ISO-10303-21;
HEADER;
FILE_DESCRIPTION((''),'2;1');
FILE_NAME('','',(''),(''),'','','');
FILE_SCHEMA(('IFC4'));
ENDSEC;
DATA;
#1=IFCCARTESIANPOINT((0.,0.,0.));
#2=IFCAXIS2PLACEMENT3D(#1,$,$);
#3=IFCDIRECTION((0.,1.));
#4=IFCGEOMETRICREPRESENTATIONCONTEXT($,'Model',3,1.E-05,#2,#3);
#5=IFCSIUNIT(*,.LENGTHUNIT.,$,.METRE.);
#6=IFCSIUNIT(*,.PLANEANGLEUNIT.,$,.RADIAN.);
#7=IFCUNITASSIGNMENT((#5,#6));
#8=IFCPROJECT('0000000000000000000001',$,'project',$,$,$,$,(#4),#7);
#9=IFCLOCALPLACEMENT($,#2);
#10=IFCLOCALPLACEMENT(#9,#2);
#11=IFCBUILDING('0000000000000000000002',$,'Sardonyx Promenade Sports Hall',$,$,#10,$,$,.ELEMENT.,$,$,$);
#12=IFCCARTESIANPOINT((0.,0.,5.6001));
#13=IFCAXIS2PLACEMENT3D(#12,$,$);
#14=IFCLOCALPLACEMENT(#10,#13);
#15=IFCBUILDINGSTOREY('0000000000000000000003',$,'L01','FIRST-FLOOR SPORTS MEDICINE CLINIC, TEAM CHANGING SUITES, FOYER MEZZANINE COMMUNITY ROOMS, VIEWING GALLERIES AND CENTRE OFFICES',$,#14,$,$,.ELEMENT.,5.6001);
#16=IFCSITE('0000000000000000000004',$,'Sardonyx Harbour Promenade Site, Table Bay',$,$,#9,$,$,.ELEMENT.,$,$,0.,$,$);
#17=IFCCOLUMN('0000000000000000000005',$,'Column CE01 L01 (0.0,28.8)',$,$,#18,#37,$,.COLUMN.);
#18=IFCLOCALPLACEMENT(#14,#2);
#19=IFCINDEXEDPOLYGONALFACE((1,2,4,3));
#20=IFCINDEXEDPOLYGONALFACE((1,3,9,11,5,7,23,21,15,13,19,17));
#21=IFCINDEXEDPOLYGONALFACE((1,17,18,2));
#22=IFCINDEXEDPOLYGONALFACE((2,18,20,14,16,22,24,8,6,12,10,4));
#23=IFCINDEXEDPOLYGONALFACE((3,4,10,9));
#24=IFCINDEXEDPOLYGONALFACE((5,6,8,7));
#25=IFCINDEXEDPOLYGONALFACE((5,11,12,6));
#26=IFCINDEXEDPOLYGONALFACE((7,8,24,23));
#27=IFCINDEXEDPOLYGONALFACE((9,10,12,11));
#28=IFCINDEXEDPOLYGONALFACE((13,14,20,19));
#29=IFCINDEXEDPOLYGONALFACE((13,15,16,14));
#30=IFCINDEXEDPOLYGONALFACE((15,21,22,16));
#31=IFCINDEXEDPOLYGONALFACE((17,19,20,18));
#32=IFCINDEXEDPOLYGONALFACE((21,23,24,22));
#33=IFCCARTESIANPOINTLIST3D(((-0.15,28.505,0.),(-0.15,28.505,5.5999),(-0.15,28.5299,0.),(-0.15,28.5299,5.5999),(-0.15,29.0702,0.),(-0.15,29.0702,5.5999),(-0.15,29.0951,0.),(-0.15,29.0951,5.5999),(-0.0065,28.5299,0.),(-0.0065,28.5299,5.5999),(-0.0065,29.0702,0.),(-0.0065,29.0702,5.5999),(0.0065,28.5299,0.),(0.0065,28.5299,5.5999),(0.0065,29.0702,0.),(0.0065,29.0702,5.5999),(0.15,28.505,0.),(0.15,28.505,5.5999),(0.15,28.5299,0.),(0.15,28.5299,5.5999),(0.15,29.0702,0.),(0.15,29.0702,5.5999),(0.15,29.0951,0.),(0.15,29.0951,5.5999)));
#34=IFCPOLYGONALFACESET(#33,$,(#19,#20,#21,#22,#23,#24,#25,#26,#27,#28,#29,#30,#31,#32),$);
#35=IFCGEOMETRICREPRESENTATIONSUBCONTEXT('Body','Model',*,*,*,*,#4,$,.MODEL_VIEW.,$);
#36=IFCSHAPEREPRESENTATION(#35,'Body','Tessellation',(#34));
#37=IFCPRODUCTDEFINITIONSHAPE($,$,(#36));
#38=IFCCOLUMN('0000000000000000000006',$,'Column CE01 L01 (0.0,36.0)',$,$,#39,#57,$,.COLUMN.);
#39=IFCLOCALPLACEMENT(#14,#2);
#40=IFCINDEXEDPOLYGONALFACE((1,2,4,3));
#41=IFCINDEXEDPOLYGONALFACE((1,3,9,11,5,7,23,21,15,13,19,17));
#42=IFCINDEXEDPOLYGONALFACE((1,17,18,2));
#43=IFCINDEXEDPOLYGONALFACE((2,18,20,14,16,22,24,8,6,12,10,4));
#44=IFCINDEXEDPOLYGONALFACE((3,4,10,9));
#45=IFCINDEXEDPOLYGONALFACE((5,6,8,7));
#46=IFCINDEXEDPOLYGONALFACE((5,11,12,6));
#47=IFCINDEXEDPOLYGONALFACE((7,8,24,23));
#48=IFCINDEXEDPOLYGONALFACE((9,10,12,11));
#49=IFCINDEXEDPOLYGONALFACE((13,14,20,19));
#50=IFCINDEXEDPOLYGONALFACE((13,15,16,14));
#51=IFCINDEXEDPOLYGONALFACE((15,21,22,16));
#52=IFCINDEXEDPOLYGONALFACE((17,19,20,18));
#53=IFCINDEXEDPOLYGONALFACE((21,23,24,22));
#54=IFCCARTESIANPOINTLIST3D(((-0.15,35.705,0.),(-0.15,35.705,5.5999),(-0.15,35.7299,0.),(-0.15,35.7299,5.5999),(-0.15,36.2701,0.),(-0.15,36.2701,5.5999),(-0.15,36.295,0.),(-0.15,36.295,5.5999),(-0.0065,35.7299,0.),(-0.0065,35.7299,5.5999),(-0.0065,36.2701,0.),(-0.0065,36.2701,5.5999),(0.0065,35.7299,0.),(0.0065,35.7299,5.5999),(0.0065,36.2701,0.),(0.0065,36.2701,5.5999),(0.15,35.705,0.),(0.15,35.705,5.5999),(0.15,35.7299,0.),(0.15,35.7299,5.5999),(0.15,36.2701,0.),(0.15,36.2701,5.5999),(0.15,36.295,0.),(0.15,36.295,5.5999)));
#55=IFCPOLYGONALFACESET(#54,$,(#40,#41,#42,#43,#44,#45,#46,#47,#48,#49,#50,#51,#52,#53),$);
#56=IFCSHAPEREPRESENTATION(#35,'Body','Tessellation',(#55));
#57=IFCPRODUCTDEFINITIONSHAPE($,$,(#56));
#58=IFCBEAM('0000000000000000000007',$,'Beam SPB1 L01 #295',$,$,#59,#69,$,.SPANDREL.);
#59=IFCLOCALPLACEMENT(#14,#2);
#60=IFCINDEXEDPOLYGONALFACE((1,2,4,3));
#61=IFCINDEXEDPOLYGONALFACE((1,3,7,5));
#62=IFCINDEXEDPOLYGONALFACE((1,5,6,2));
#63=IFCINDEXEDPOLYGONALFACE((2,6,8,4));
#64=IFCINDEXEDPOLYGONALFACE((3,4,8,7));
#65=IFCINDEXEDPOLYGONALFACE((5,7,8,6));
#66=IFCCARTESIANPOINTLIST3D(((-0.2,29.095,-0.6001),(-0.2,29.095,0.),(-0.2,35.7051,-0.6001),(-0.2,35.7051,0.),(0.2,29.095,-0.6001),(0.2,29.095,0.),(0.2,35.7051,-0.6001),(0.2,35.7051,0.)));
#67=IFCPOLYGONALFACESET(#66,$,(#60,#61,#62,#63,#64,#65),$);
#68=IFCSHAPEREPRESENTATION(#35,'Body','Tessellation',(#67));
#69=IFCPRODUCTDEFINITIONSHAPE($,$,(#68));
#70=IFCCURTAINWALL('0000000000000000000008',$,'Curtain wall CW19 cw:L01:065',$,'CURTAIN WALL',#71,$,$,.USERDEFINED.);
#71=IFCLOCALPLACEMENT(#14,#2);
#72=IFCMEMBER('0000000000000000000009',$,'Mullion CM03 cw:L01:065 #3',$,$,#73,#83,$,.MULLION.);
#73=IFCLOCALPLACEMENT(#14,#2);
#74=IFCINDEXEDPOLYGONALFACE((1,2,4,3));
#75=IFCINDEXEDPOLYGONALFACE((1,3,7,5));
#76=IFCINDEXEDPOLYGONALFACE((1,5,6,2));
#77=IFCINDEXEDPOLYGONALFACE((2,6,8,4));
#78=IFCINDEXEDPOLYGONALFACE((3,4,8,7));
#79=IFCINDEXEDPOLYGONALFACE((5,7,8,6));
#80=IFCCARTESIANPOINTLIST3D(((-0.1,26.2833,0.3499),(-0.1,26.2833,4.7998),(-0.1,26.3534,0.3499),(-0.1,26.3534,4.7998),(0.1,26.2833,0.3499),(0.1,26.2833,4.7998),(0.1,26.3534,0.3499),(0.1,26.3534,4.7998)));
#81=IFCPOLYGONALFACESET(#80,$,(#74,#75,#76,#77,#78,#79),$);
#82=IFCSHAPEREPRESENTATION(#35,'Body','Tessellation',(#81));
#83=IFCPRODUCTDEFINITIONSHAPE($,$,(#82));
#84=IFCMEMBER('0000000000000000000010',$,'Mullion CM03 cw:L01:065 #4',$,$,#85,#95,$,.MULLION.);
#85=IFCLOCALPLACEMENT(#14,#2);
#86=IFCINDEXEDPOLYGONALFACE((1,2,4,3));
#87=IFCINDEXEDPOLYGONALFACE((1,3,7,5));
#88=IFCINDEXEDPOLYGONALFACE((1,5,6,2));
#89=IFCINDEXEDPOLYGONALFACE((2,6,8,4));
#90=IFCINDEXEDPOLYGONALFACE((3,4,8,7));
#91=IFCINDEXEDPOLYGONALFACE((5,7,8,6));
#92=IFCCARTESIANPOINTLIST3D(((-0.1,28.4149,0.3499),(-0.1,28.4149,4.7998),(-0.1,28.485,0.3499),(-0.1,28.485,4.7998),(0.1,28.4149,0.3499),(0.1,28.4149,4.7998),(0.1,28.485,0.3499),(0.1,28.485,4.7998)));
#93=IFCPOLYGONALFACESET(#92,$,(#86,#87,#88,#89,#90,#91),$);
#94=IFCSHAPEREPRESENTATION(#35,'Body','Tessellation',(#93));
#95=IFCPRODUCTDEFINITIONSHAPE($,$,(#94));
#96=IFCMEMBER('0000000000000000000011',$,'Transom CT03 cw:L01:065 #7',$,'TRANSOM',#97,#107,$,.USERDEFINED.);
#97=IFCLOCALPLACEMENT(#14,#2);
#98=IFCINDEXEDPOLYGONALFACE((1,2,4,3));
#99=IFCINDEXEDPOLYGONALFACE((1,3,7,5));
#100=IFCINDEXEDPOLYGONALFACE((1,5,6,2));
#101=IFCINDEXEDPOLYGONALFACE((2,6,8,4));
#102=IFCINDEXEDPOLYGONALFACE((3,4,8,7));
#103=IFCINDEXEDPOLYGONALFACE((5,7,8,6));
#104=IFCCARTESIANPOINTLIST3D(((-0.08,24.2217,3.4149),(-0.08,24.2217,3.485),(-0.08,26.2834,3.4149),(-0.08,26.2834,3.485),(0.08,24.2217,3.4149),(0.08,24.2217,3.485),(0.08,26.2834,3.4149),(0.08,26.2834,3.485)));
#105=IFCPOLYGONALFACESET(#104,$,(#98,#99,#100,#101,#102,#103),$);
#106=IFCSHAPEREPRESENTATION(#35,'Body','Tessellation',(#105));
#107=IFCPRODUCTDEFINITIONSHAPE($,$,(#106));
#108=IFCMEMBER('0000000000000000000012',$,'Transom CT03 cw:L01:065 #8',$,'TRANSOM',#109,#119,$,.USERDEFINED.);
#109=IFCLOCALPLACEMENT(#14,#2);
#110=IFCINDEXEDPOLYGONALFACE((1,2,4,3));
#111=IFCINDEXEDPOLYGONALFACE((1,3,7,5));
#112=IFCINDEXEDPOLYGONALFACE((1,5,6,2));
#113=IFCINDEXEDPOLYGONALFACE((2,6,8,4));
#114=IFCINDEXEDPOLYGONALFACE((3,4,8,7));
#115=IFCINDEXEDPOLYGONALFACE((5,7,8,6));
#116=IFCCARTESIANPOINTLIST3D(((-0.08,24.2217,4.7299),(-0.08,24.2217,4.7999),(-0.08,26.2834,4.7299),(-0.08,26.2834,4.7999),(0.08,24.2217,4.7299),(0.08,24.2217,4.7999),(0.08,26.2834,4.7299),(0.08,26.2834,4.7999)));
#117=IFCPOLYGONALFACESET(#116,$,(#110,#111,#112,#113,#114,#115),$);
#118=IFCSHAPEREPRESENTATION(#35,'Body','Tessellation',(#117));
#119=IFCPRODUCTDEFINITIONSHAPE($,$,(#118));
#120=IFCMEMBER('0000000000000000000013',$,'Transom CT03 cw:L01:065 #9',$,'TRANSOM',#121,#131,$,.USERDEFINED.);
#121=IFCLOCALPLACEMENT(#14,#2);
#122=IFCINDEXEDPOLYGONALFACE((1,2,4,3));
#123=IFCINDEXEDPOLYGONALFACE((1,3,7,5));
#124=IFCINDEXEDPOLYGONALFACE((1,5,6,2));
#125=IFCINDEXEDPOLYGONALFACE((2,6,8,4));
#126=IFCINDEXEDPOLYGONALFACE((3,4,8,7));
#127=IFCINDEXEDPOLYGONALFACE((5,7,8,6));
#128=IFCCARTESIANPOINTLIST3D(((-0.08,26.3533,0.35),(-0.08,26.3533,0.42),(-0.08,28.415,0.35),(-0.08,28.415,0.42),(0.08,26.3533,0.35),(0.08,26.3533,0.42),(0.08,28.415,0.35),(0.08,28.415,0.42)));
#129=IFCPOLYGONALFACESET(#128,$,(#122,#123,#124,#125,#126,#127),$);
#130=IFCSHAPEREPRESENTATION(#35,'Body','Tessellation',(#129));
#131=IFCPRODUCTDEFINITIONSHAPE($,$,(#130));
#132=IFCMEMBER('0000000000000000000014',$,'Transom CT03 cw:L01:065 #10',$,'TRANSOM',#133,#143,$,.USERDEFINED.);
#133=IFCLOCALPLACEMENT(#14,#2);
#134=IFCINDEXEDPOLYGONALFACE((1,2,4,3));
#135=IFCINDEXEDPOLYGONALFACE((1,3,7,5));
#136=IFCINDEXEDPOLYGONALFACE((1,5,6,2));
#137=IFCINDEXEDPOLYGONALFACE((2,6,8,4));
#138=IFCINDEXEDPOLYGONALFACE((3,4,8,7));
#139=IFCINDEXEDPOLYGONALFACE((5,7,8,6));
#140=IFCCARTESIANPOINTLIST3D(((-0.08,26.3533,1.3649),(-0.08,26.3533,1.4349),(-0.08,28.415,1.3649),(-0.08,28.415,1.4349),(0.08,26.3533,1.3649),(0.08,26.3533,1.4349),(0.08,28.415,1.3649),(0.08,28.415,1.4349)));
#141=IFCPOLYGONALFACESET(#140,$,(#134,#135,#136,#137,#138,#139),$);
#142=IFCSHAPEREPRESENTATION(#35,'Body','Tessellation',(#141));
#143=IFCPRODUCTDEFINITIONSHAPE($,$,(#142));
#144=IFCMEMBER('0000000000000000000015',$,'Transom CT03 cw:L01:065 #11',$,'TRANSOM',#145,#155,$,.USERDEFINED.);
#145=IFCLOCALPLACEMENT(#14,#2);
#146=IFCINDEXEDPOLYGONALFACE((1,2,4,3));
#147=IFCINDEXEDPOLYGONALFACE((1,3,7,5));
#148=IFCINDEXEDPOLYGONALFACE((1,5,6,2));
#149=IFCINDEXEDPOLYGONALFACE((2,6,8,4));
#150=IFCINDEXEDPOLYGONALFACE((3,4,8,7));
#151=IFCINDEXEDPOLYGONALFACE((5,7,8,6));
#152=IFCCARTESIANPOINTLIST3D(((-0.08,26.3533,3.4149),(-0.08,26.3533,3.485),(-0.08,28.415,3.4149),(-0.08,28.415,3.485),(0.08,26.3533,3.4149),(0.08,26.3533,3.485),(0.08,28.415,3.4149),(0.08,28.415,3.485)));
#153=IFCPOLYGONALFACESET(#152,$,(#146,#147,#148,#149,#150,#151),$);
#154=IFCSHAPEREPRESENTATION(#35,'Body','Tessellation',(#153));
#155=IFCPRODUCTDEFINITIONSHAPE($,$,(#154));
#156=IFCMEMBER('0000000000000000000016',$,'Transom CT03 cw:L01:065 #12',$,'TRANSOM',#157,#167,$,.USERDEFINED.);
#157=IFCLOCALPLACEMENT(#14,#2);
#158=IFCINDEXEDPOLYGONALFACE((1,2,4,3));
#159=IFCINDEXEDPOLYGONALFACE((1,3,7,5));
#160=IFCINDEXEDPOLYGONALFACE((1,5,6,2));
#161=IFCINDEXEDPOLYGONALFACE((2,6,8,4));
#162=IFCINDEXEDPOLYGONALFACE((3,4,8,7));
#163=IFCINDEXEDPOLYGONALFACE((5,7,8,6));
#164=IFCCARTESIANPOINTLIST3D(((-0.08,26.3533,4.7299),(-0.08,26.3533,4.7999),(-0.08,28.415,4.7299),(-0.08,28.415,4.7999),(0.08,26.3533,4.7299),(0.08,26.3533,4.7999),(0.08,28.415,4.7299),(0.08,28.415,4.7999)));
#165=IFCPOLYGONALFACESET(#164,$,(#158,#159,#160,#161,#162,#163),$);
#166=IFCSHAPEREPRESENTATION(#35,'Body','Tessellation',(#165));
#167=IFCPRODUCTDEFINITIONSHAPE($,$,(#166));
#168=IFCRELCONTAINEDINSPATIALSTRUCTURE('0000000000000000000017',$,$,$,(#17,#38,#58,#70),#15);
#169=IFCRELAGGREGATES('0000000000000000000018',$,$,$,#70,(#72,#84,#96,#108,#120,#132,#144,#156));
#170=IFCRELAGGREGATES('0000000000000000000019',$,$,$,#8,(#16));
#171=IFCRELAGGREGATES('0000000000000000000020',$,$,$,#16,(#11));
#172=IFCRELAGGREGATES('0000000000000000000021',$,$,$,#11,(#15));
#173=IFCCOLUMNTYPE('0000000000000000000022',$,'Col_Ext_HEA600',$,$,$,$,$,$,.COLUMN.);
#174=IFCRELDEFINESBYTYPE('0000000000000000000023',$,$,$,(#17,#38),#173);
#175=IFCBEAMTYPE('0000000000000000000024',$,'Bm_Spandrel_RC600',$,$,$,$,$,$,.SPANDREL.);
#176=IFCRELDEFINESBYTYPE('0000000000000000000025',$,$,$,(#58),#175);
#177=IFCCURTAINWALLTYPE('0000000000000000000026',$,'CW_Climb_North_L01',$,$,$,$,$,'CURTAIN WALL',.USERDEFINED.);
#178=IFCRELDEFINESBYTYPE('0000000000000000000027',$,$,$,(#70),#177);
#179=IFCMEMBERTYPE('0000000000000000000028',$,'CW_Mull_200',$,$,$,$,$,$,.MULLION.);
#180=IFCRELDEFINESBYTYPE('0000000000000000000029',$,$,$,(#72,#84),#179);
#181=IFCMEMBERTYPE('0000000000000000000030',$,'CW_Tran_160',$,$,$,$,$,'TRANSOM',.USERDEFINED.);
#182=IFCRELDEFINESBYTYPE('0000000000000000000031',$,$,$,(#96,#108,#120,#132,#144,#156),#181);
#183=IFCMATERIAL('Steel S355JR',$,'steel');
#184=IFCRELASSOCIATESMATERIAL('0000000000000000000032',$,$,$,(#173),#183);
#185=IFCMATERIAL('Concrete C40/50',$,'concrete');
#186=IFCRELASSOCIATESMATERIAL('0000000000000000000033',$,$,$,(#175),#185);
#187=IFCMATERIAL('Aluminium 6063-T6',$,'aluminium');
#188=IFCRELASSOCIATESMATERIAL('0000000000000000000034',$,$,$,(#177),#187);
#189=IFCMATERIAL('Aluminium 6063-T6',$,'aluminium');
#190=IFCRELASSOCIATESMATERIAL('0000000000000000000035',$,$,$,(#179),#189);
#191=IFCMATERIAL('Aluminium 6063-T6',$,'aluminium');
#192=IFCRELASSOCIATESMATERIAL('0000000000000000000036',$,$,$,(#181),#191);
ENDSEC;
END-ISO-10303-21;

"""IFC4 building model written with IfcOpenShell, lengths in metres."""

from ifc_helpers import new_model, si_unit, direction, frame, origin, origin_2d, place, context, subcontext, project, spatial, rectangle, i_section, extrude, material, material_profile, profile_set, type_object, element, aggregate, save


model = new_model("IFC4")

# Units and contexts
model_context = context("Model", 3, precision=1e-05, world=origin(), true_north=direction((0.0, 1.0)))
body_context = subcontext(model_context, "Body", "Model", "MODEL_VIEW")
ifc_project = project(units=[si_unit("LENGTHUNIT", "METRE"), si_unit("PLANEANGLEUNIT", "RADIAN")], contexts=[model_context])

# Site, building, storey
site_placement = place(None, origin())
site = spatial("IfcSite", under=ifc_project, at=site_placement, Name="Sardonyx Harbour Promenade Site, Table Bay", CompositionType="ELEMENT", RefElevation=0.0)
building_placement = place(site_placement, origin())
building = spatial("IfcBuilding", under=site, at=building_placement, Name="Sardonyx Promenade Sports Hall", CompositionType="ELEMENT")
storey_placement = place(building_placement, frame((0.0, 0.0, 5.6001)))
storey = spatial("IfcBuildingStorey", under=building, at=storey_placement, Name="L01", Description="FIRST-FLOOR SPORTS MEDICINE CLINIC, TEAM CHANGING SUITES, FOYER MEZZANINE COMMUNITY ROOMS, VIEWING GALLERIES AND CENTRE OFFICES", CompositionType="ELEMENT", Elevation=5.6001)

# Columns
ifc_material_1 = material(Name="Steel S355JR", Category="steel")
ifc_material_profile_1 = material_profile(ifc_material_1, i_section(OverallWidth=0.3, OverallDepth=0.5901, WebThickness=0.0129, FlangeThickness=0.0249, at=origin_2d()))
ifc_profile_set_1 = profile_set([ifc_material_profile_1], Name="Steel S355JR")
column_type = type_object("IfcColumnType", Name="Col_Ext_HEA600", PredefinedType="COLUMN", material=ifc_profile_set_1)
for number, where, z_axis, x_axis, name in (
    (1, (0.0, 28.8, 0.0), (0.0, 0.0, 1.0), (1.0, 0.0, 0.0), "Column CE01 L01 (0.0,28.8)"),
    (2, (0.0, 36.0, 0.0), (0.0, 0.0, 1.0), (1.0, 0.0, 0.0), "Column CE01 L01 (0.0,36.0)"),
):
    element("IfcColumn", number, at=place(storey_placement, frame(where, z_axis=z_axis, x_axis=x_axis)), inside=storey, type_object=column_type, Name=name, PredefinedType="COLUMN", context=body_context, shape_type="SweptSolid", body=[
        extrude(i_section(OverallWidth=0.3, OverallDepth=0.5901, WebThickness=0.0129, FlangeThickness=0.0249, at=origin_2d()), origin(), (0.0, 0.0, 1.0), 5.5999),
    ])

# Beam
ifc_material_2 = material(Name="Concrete C40/50", Category="concrete")
ifc_material_profile_2 = material_profile(ifc_material_2, rectangle(XDim=0.3999, YDim=0.6001, at=origin_2d()))
ifc_profile_set_2 = profile_set([ifc_material_profile_2], Name="Concrete C40/50")
beam_type = type_object("IfcBeamType", Name="Bm_Spandrel_RC600", PredefinedType="SPANDREL", material=ifc_profile_set_2)
beam_placement = place(storey_placement, frame((0.0, 29.095, -0.3), z_axis=(0.0, 1.0, 0.0), x_axis=(-1.0, 0.0, 0.0)))
element("IfcBeam", 3, at=beam_placement, inside=storey, type_object=beam_type, Name="Beam SPB1 L01 #295", PredefinedType="SPANDREL", context=body_context, shape_type="SweptSolid", body=[
    extrude(rectangle(XDim=0.3999, YDim=0.6001, at=origin_2d()), origin(), (0.0, 0.0, 1.0), 6.6101),
])

# Curtain wall, members
ifc_material_3 = material(Name="Aluminium 6063-T6", Category="aluminium")
curtain_wall_type = type_object("IfcCurtainWallType", Name="CW_Climb_North_L01", ElementType="CURTAIN WALL", PredefinedType="USERDEFINED", material=ifc_material_3)
curtain_wall_placement = place(storey_placement, origin())
curtain_wall = element("IfcCurtainWall", 4, at=curtain_wall_placement, inside=storey, type_object=curtain_wall_type, Name="Curtain wall CW19 cw:L01:065", ObjectType="CURTAIN WALL", PredefinedType="USERDEFINED")
ifc_material_4 = material(Name="Aluminium 6063-T6", Category="aluminium")
ifc_material_profile_3 = material_profile(ifc_material_4, rectangle(XDim=0.0701, YDim=0.2, at=origin_2d()))
ifc_profile_set_3 = profile_set([ifc_material_profile_3], Name="Aluminium 6063-T6")
member_type_1 = type_object("IfcMemberType", Name="CW_Mull_200", PredefinedType="MULLION", material=ifc_profile_set_3)
member_1_placement = place(storey_placement, frame((0.0, 26.3184, 0.3499), z_axis=(0.0, 0.0, 1.0), x_axis=(0.0, 1.0, 0.0)))
member_1 = element("IfcMember", 5, at=member_1_placement, type_object=member_type_1, Name="Mullion CM03 cw:L01:065 #3", PredefinedType="MULLION", context=body_context, shape_type="SweptSolid", body=[
    extrude(rectangle(XDim=0.0701, YDim=0.2, at=origin_2d()), origin(), (0.0, 0.0, 1.0), 4.45),
])
member_2_placement = place(storey_placement, frame((0.0, 28.45, 0.3499), z_axis=(0.0, 0.0, 1.0), x_axis=(0.0, 1.0, 0.0)))
member_2 = element("IfcMember", 6, at=member_2_placement, type_object=member_type_1, Name="Mullion CM03 cw:L01:065 #4", PredefinedType="MULLION", context=body_context, shape_type="SweptSolid", body=[
    extrude(rectangle(XDim=0.0701, YDim=0.2, at=origin_2d()), origin(), (0.0, 0.0, 1.0), 4.45),
])
ifc_material_5 = material(Name="Aluminium 6063-T6", Category="aluminium")
ifc_material_profile_4 = material_profile(ifc_material_5, rectangle(XDim=0.0701, YDim=0.1599, at=origin_2d()))
ifc_profile_set_4 = profile_set([ifc_material_profile_4], Name="Aluminium 6063-T6")
member_type_2 = type_object("IfcMemberType", Name="CW_Tran_160", ElementType="TRANSOM", PredefinedType="USERDEFINED", material=ifc_profile_set_4)
member_3_placement = place(storey_placement, frame((0.0, 24.2217, 3.45), z_axis=(0.0, 1.0, 0.0), x_axis=(0.0, 0.0, 1.0)))
member_3 = element("IfcMember", 7, at=member_3_placement, type_object=member_type_2, Name="Transom CT03 cw:L01:065 #7", ObjectType="TRANSOM", PredefinedType="USERDEFINED", context=body_context, shape_type="SweptSolid", body=[
    extrude(rectangle(XDim=0.0701, YDim=0.1599, at=origin_2d()), origin(), (0.0, 0.0, 1.0), 2.0618),
])
member_4_placement = place(storey_placement, frame((0.0, 24.2217, 4.7649), z_axis=(0.0, 1.0, 0.0), x_axis=(0.0, 0.0, 1.0)))
member_4 = element("IfcMember", 8, at=member_4_placement, type_object=member_type_2, Name="Transom CT03 cw:L01:065 #8", ObjectType="TRANSOM", PredefinedType="USERDEFINED", context=body_context, shape_type="SweptSolid", body=[
    extrude(rectangle(XDim=0.0701, YDim=0.1599, at=origin_2d()), origin(), (0.0, 0.0, 1.0), 2.0618),
])
member_5_placement = place(storey_placement, frame((0.0, 26.3533, 0.385), z_axis=(0.0, 1.0, 0.0), x_axis=(0.0, 0.0, 1.0)))
member_5 = element("IfcMember", 9, at=member_5_placement, type_object=member_type_2, Name="Transom CT03 cw:L01:065 #9", ObjectType="TRANSOM", PredefinedType="USERDEFINED", context=body_context, shape_type="SweptSolid", body=[
    extrude(rectangle(XDim=0.0701, YDim=0.1599, at=origin_2d()), origin(), (0.0, 0.0, 1.0), 2.0618),
])
member_6_placement = place(storey_placement, frame((0.0, 26.3533, 1.3999), z_axis=(0.0, 1.0, 0.0), x_axis=(0.0, 0.0, 1.0)))
member_6 = element("IfcMember", 10, at=member_6_placement, type_object=member_type_2, Name="Transom CT03 cw:L01:065 #10", ObjectType="TRANSOM", PredefinedType="USERDEFINED", context=body_context, shape_type="SweptSolid", body=[
    extrude(rectangle(XDim=0.0701, YDim=0.1599, at=origin_2d()), origin(), (0.0, 0.0, 1.0), 2.0618),
])
member_7_placement = place(storey_placement, frame((0.0, 26.3533, 3.45), z_axis=(0.0, 1.0, 0.0), x_axis=(0.0, 0.0, 1.0)))
member_7 = element("IfcMember", 11, at=member_7_placement, type_object=member_type_2, Name="Transom CT03 cw:L01:065 #11", ObjectType="TRANSOM", PredefinedType="USERDEFINED", context=body_context, shape_type="SweptSolid", body=[
    extrude(rectangle(XDim=0.0701, YDim=0.1599, at=origin_2d()), origin(), (0.0, 0.0, 1.0), 2.0618),
])
member_8_placement = place(storey_placement, frame((0.0, 26.3533, 4.7649), z_axis=(0.0, 1.0, 0.0), x_axis=(0.0, 0.0, 1.0)))
member_8 = element("IfcMember", 12, at=member_8_placement, type_object=member_type_2, Name="Transom CT03 cw:L01:065 #12", ObjectType="TRANSOM", PredefinedType="USERDEFINED", context=body_context, shape_type="SweptSolid", body=[
    extrude(rectangle(XDim=0.0701, YDim=0.1599, at=origin_2d()), origin(), (0.0, 0.0, 1.0), 2.0618),
])

aggregate(curtain_wall, [member_1, member_2, member_3, member_4, member_5, member_6, member_7, member_8])

save(model, "model.ifc")
